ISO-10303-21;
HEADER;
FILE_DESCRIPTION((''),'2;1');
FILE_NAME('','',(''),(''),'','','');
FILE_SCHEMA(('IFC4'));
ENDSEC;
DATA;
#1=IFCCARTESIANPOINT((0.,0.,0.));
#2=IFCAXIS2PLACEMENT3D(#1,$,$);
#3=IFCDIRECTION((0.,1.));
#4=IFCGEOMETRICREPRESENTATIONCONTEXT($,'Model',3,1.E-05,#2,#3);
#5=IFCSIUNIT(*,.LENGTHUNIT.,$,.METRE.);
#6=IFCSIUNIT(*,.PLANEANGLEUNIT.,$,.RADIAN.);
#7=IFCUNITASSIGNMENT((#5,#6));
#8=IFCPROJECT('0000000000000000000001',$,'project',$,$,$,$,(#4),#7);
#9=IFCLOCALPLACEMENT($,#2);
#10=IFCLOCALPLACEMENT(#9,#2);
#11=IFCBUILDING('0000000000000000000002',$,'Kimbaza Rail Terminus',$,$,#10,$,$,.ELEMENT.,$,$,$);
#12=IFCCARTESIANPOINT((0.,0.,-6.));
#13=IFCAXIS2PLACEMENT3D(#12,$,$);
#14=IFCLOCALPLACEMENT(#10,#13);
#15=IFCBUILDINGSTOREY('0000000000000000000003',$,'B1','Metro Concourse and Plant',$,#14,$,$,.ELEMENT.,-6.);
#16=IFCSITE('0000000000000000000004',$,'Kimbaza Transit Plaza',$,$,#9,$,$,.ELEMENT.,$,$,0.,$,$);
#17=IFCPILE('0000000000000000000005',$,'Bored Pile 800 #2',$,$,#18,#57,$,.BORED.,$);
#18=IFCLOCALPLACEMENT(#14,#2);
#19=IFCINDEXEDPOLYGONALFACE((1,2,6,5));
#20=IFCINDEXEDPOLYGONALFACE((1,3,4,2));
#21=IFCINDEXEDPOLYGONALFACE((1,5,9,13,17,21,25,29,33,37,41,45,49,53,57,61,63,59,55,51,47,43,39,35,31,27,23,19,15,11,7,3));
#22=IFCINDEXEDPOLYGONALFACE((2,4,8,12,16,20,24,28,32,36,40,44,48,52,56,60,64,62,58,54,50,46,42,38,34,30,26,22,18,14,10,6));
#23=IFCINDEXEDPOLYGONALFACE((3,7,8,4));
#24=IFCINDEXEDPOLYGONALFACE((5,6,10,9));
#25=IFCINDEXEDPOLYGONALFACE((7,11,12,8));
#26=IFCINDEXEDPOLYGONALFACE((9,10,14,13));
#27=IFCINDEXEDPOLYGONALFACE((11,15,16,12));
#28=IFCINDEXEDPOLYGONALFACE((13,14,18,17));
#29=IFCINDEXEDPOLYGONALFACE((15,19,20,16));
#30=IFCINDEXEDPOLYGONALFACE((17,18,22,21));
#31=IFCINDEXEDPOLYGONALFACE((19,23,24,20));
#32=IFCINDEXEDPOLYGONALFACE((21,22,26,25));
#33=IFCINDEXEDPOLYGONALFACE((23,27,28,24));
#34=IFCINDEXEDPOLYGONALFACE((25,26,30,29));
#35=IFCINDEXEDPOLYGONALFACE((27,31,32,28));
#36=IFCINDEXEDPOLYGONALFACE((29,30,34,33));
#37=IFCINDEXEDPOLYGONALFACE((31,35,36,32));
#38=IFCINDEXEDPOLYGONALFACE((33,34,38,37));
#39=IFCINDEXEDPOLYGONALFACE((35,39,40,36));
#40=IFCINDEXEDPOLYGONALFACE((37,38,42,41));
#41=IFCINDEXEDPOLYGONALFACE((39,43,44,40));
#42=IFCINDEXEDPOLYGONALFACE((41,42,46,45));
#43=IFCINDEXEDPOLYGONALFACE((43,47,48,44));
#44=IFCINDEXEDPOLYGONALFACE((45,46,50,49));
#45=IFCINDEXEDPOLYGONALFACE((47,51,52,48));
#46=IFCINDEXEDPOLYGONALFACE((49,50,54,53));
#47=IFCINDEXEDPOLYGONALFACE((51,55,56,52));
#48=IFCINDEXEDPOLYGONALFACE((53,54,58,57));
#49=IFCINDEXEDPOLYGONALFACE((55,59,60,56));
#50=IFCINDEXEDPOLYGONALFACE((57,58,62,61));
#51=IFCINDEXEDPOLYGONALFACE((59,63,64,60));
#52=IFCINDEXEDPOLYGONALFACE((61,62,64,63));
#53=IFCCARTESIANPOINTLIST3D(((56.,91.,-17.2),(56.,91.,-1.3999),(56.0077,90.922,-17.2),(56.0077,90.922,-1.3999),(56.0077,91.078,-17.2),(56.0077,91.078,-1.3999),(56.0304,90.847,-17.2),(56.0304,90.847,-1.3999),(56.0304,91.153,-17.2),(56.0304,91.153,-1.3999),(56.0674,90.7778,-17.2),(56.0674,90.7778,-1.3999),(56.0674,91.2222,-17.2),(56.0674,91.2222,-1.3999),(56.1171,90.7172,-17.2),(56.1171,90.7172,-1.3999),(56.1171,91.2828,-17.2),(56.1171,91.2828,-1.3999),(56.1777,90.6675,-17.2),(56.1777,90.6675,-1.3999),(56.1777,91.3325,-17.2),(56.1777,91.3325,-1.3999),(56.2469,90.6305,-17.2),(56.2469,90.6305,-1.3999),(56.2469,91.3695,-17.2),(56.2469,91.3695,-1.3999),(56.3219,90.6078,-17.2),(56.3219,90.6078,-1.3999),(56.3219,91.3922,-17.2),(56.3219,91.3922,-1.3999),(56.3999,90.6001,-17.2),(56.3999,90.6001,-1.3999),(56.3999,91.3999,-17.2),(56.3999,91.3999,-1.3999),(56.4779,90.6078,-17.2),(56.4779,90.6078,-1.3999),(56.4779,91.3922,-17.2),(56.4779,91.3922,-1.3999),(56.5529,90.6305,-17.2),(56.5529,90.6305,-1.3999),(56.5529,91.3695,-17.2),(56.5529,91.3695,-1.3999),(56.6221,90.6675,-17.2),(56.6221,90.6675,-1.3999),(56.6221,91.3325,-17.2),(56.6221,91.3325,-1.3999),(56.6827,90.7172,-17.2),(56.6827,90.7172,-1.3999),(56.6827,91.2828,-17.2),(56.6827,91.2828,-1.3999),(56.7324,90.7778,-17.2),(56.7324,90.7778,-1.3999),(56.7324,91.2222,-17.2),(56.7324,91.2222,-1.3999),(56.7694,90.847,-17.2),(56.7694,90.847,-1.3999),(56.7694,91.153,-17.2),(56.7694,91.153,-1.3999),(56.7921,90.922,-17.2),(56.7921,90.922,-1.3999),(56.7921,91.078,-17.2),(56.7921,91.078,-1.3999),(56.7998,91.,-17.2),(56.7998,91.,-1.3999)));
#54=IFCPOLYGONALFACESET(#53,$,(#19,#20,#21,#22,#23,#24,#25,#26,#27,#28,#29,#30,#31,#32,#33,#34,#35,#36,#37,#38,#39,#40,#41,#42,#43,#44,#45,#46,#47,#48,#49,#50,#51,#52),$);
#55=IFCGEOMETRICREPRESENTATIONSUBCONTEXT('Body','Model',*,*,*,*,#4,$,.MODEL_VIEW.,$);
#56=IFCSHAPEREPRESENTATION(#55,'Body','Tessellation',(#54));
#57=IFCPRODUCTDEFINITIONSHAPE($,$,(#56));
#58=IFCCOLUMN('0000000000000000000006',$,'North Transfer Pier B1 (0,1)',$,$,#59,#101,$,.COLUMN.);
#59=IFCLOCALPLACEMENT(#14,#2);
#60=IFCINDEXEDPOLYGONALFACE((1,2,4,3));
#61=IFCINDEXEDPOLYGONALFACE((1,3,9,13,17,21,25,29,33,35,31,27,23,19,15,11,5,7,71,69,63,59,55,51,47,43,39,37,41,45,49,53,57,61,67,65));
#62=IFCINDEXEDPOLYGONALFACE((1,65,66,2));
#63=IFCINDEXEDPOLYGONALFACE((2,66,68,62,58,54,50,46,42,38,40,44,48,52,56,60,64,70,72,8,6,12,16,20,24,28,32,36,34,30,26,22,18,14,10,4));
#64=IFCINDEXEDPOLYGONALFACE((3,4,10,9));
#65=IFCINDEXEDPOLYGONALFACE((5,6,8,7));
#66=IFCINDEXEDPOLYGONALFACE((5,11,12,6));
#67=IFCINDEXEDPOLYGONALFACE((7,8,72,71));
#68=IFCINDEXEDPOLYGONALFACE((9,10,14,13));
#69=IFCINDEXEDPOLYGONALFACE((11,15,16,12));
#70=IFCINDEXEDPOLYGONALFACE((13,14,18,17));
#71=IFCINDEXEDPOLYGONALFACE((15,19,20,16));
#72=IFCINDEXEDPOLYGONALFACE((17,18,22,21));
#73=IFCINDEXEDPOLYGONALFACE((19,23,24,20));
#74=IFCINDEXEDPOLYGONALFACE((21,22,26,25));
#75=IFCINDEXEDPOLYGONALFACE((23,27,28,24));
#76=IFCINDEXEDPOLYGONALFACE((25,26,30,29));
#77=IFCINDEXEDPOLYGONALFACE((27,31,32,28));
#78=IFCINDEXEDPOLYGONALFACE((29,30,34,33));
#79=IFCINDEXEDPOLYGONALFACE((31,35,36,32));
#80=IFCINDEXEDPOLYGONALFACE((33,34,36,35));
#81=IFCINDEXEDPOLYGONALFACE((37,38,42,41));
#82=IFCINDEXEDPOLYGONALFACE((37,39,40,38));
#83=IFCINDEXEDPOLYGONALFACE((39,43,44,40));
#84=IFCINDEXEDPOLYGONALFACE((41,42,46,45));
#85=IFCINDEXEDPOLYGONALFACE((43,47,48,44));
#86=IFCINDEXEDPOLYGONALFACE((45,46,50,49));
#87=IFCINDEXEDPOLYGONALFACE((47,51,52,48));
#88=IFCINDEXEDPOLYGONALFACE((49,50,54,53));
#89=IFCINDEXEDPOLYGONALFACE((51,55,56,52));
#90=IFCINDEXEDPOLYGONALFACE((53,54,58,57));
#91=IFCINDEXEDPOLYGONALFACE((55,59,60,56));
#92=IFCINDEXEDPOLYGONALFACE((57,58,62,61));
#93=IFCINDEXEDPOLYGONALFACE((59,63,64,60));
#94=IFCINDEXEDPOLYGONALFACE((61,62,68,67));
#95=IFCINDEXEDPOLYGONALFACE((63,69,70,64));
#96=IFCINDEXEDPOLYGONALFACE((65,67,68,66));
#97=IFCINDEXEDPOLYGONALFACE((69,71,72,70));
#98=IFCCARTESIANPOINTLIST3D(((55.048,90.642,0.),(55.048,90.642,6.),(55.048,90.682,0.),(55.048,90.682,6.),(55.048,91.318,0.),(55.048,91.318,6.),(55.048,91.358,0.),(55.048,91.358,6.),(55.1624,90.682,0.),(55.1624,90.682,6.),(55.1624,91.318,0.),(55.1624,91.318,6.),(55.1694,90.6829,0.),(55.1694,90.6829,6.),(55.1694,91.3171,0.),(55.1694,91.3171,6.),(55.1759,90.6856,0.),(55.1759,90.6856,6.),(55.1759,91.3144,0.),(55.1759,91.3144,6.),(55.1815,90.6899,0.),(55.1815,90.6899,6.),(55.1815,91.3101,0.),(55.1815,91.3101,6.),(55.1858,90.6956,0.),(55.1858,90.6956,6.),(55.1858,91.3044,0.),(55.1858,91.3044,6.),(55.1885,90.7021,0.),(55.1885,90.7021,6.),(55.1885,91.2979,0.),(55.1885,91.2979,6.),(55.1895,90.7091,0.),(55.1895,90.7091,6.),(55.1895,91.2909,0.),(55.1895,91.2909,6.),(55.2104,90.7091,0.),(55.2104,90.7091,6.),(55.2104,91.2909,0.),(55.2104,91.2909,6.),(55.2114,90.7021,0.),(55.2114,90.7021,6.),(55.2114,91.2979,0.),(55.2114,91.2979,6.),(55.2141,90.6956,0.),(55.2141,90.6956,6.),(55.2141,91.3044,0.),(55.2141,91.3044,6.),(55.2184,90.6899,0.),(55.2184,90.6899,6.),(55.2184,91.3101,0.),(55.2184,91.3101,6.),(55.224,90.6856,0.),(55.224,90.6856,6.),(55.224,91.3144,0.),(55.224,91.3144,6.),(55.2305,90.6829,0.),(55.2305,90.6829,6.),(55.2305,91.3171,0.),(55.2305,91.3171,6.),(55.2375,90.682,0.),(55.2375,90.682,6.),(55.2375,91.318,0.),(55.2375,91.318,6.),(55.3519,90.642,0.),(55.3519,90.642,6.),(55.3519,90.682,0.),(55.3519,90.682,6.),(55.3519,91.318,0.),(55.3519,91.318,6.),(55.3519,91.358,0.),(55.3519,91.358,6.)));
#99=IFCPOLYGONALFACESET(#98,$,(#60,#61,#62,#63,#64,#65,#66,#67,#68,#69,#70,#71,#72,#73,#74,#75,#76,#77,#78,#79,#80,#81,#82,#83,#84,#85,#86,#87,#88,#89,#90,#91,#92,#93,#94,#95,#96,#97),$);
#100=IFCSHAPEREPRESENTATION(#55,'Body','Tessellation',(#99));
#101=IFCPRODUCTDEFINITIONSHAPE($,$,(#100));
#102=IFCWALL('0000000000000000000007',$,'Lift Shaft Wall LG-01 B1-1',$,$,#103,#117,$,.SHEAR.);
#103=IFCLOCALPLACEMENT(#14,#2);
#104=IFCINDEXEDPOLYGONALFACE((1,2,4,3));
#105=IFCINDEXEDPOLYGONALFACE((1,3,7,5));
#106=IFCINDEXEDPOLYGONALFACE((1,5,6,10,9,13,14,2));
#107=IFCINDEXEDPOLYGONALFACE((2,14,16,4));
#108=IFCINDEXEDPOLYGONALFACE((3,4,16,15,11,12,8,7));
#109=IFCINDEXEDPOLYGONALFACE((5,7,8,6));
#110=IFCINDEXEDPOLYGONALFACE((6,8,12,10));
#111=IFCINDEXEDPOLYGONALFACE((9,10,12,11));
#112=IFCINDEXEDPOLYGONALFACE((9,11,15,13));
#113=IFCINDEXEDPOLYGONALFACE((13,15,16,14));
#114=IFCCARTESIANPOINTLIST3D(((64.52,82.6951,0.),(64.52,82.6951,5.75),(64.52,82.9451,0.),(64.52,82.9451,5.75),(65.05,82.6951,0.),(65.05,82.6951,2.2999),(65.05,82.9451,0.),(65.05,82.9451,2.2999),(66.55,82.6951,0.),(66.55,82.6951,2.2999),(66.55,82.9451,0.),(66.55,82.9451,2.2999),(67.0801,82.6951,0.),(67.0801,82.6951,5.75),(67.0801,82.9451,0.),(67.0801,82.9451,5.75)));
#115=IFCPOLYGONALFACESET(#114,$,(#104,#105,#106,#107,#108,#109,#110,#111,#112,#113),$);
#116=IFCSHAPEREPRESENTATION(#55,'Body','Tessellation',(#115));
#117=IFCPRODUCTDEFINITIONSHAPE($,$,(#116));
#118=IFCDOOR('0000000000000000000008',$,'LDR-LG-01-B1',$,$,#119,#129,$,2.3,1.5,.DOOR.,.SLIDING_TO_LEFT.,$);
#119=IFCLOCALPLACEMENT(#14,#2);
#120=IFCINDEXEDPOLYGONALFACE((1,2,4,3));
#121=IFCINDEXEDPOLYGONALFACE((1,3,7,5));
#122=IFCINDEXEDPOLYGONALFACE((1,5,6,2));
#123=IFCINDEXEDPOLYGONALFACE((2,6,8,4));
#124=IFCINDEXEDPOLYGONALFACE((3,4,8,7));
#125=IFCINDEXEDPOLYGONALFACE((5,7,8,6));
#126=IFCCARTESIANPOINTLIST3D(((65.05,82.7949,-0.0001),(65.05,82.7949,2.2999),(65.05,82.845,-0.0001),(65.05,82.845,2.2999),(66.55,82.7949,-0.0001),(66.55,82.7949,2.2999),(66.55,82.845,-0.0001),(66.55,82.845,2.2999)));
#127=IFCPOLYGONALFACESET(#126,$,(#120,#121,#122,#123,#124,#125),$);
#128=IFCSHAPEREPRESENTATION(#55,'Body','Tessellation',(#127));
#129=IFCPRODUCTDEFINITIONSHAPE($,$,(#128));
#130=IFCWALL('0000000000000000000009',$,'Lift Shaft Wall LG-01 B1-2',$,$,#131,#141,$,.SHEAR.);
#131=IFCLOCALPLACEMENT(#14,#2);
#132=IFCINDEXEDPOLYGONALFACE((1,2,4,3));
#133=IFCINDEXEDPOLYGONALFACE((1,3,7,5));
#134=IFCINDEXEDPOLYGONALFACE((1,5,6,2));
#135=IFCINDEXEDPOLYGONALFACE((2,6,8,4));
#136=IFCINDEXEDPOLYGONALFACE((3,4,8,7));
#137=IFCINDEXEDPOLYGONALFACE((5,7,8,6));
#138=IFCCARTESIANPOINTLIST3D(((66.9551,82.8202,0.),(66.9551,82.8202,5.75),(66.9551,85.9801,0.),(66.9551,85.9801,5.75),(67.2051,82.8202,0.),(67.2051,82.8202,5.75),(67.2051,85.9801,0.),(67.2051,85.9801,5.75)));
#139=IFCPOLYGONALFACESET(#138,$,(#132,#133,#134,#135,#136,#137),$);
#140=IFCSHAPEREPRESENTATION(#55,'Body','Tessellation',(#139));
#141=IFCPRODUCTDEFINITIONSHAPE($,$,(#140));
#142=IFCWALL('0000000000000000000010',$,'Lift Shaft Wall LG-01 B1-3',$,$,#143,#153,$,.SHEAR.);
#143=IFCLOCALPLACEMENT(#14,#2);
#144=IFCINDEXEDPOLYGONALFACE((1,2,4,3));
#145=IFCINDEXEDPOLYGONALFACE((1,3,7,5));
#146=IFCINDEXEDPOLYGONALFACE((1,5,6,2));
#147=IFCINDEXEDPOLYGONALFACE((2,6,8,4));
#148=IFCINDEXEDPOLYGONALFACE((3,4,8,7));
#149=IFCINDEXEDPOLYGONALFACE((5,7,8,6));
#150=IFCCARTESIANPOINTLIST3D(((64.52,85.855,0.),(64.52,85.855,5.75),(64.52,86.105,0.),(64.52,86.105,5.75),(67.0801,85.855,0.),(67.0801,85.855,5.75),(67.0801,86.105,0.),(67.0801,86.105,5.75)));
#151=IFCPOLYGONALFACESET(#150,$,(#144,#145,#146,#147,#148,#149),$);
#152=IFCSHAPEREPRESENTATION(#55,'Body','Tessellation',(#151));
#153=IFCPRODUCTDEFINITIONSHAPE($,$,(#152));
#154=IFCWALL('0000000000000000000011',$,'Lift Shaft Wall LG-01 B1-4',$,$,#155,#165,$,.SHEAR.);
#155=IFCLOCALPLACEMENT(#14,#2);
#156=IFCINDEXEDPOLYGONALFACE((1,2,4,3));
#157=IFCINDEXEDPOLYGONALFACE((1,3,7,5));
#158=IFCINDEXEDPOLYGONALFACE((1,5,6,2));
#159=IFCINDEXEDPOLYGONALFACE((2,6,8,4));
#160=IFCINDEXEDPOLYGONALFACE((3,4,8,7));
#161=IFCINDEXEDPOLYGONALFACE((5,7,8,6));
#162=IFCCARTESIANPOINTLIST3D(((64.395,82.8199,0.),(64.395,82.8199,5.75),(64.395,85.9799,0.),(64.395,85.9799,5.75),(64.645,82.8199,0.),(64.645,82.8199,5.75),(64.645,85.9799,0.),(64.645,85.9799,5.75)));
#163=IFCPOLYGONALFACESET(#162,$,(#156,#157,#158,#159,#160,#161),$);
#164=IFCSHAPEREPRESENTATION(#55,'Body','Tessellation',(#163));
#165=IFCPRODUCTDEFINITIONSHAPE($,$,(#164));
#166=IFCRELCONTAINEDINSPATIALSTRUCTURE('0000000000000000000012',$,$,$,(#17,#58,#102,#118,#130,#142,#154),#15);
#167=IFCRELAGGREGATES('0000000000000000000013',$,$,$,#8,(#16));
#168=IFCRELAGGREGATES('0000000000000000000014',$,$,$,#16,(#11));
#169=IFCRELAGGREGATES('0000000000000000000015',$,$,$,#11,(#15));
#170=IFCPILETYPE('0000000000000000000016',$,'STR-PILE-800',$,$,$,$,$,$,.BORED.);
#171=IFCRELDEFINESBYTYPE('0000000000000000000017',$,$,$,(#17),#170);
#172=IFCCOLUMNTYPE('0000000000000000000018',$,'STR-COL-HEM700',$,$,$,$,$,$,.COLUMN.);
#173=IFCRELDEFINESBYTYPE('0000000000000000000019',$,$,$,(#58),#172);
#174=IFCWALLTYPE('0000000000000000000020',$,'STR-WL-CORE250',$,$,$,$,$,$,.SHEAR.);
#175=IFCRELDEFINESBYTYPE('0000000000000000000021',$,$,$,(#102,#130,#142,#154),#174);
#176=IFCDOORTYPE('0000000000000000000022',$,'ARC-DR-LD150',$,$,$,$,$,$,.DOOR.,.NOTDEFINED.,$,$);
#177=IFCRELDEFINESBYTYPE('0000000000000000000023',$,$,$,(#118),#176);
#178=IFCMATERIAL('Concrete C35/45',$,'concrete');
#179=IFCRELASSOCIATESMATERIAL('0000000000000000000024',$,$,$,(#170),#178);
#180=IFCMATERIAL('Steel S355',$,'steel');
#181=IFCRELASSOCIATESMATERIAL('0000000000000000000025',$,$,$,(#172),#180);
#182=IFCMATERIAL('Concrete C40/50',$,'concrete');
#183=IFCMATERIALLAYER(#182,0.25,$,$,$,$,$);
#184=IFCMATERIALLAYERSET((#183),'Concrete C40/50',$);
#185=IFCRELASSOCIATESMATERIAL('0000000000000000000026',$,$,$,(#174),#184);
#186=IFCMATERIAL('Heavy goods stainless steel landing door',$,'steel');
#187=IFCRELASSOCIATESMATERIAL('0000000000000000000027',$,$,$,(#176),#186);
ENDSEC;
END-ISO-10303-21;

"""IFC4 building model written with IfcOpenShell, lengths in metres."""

from ifc_helpers import new_model, si_unit, direction, frame, frame_2d, origin, origin_2d, place, context, subcontext, project, spatial, rectangle, circle, i_section, extrude, material, layer, layer_set, material_profile, profile_set, type_object, element, fill, save


model = new_model("IFC4")

# Units and contexts
model_context = context("Model", 3, precision=1e-05, world=origin(), true_north=direction((0.0, 1.0)))
body_context = subcontext(model_context, "Body", "Model", "MODEL_VIEW")
ifc_project = project(units=[si_unit("LENGTHUNIT", "METRE"), si_unit("PLANEANGLEUNIT", "RADIAN")], contexts=[model_context])

# Site, building, storey
site_placement = place(None, origin())
site = spatial("IfcSite", under=ifc_project, at=site_placement, Name="Kimbaza Transit Plaza", CompositionType="ELEMENT", RefElevation=0.0)
building_placement = place(site_placement, origin())
building = spatial("IfcBuilding", under=site, at=building_placement, Name="Kimbaza Rail Terminus", CompositionType="ELEMENT")
storey_placement = place(building_placement, frame((0.0, 0.0, -6.0)))
storey = spatial("IfcBuildingStorey", under=building, at=storey_placement, Name="B1", Description="Metro Concourse and Plant", CompositionType="ELEMENT", Elevation=-6.0)

# Pile
ifc_material_1 = material(Name="Concrete C35/45", Category="concrete")
ifc_material_profile_1 = material_profile(ifc_material_1, circle(Radius=0.3999, at=origin_2d()), Name="BORED PILE 800")
ifc_profile_set_1 = profile_set([ifc_material_profile_1], Name="Concrete C35/45")
pile_type_1 = type_object("IfcPileType", Name="STR-PILE-800", PredefinedType="BORED", material=ifc_profile_set_1)
pile_placement = place(storey_placement, frame((56.3999, 91.0, -1.3999), z_axis=(0.0, 0.0, -1.0), x_axis=(1.0, 0.0, 0.0)))
element("IfcPile", 1, at=pile_placement, inside=storey, type_object=pile_type_1, Name="Bored Pile 800 #2", PredefinedType="BORED", context=body_context, shape_type="SweptSolid", body=[
    extrude(circle(Radius=0.3999, at=origin_2d()), origin(), (0.0, 0.0, 1.0), 15.8),
])

# Column
ifc_material_2 = material(Name="Steel S355", Category="steel")
ifc_material_profile_2 = material_profile(ifc_material_2, i_section(OverallWidth=0.304, OverallDepth=0.7161, WebThickness=0.021, FlangeThickness=0.04, FilletRadius=0.0271, at=origin_2d()), Name="HEM 700")
ifc_profile_set_2 = profile_set([ifc_material_profile_2], Name="Steel S355")
column_type = type_object("IfcColumnType", Name="STR-COL-HEM700", PredefinedType="COLUMN", material=ifc_profile_set_2)
column_placement = place(storey_placement, frame((55.2, 91.0, 0.0), z_axis=(0.0, 0.0, 1.0), x_axis=(1.0, 0.0, 0.0)))
element("IfcColumn", 2, at=column_placement, inside=storey, type_object=column_type, Name="North Transfer Pier B1 (0,1)", PredefinedType="COLUMN", context=body_context, shape_type="SweptSolid", body=[
    extrude(i_section(OverallWidth=0.304, OverallDepth=0.7161, WebThickness=0.021, FlangeThickness=0.04, FilletRadius=0.0271, at=origin_2d()), origin(), (0.0, 0.0, 1.0), 6.0),
])

# Wall, opening, door
ifc_material_3 = material(Name="Concrete C40/50", Category="concrete")
ifc_layer_1 = layer(ifc_material_3, 0.25)
ifc_layer_set_1 = layer_set([ifc_layer_1], Name="Concrete C40/50")
wall_type_1 = type_object("IfcWallType", Name="STR-WL-CORE250", PredefinedType="SHEAR", material=ifc_layer_set_1)
wall_1_placement = place(storey_placement, frame((64.52, 82.8201, 0.0), z_axis=(0.0, 0.0, 1.0), x_axis=(1.0, 0.0, 0.0)))
wall_1 = element("IfcWall", 3, at=wall_1_placement, inside=storey, type_object=wall_type_1, Name="Lift Shaft Wall LG-01 B1-1", PredefinedType="SHEAR", context=body_context, shape_type="SweptSolid", body=[
    extrude(rectangle(XDim=2.5601, YDim=0.25, at=frame_2d((1.28, 0.0))), origin(), (0.0, 0.0, 1.0), 5.75),
])
opening_1_placement = place(wall_1_placement, frame((0.53, 0.0, 0.0)))
opening_1 = element("IfcOpeningElement", 4, at=opening_1_placement, cuts=wall_1, PredefinedType="OPENING", context=body_context, shape_type="SweptSolid", body=[
    extrude(rectangle(XDim=1.5, YDim=2.3, at=frame_2d((0.75, 1.1499))), frame((0.0, 0.135, 0.0), z_axis=(0.0, -1.0, 0.0), x_axis=(1.0, 0.0, 0.0)), (0.0, 0.0, 1.0), 0.27),
])
ifc_material_4 = material(Name="Heavy goods stainless steel landing door", Category="steel")
door_type_1 = type_object("IfcDoorType", Name="ARC-DR-LD150", OperationType="NOTDEFINED", PredefinedType="DOOR", material=ifc_material_4)
door_1_placement = place(opening_1_placement, origin())
door_1 = element("IfcDoor", 5, at=door_1_placement, inside=storey, type_object=door_type_1, Name="LDR-LG-01-B1", OperationType="SLIDING_TO_LEFT", OverallHeight=2.3, OverallWidth=1.5, PredefinedType="DOOR", context=body_context, shape_type="SweptSolid", body=[
    extrude(rectangle(XDim=1.5, YDim=2.3, at=frame_2d((0.75, 1.1499))), frame((0.0, 0.0249, 0.0), z_axis=(0.0, -1.0, 0.0), x_axis=(1.0, 0.0, 0.0)), (0.0, 0.0, 1.0), 0.05),
])
fill(opening_1, door_1)

# Walls
wall_2_placement = place(storey_placement, frame((67.0801, 82.8201, 0.0), z_axis=(0.0, 0.0, 1.0), x_axis=(0.0, 1.0, 0.0)))
element("IfcWall", 6, at=wall_2_placement, inside=storey, type_object=wall_type_1, Name="Lift Shaft Wall LG-01 B1-2", PredefinedType="SHEAR", context=body_context, shape_type="SweptSolid", body=[
    extrude(rectangle(XDim=3.1599, YDim=0.25, at=frame_2d((1.5801, 0.0))), origin(), (0.0, 0.0, 1.0), 5.75),
])
wall_3_placement = place(storey_placement, frame((67.0801, 85.98, 0.0), z_axis=(0.0, 0.0, 1.0), x_axis=(-1.0, 0.0, 0.0)))
element("IfcWall", 7, at=wall_3_placement, inside=storey, type_object=wall_type_1, Name="Lift Shaft Wall LG-01 B1-3", PredefinedType="SHEAR", context=body_context, shape_type="SweptSolid", body=[
    extrude(rectangle(XDim=2.5601, YDim=0.25, at=frame_2d((1.28, 0.0))), origin(), (0.0, 0.0, 1.0), 5.75),
])
wall_4_placement = place(storey_placement, frame((64.52, 85.98, 0.0), z_axis=(0.0, 0.0, 1.0), x_axis=(0.0, -1.0, 0.0)))
element("IfcWall", 8, at=wall_4_placement, inside=storey, type_object=wall_type_1, Name="Lift Shaft Wall LG-01 B1-4", PredefinedType="SHEAR", context=body_context, shape_type="SweptSolid", body=[
    extrude(rectangle(XDim=3.1599, YDim=0.25, at=frame_2d((1.5801, 0.0))), origin(), (0.0, 0.0, 1.0), 5.75),
])

save(model, "model.ifc")
